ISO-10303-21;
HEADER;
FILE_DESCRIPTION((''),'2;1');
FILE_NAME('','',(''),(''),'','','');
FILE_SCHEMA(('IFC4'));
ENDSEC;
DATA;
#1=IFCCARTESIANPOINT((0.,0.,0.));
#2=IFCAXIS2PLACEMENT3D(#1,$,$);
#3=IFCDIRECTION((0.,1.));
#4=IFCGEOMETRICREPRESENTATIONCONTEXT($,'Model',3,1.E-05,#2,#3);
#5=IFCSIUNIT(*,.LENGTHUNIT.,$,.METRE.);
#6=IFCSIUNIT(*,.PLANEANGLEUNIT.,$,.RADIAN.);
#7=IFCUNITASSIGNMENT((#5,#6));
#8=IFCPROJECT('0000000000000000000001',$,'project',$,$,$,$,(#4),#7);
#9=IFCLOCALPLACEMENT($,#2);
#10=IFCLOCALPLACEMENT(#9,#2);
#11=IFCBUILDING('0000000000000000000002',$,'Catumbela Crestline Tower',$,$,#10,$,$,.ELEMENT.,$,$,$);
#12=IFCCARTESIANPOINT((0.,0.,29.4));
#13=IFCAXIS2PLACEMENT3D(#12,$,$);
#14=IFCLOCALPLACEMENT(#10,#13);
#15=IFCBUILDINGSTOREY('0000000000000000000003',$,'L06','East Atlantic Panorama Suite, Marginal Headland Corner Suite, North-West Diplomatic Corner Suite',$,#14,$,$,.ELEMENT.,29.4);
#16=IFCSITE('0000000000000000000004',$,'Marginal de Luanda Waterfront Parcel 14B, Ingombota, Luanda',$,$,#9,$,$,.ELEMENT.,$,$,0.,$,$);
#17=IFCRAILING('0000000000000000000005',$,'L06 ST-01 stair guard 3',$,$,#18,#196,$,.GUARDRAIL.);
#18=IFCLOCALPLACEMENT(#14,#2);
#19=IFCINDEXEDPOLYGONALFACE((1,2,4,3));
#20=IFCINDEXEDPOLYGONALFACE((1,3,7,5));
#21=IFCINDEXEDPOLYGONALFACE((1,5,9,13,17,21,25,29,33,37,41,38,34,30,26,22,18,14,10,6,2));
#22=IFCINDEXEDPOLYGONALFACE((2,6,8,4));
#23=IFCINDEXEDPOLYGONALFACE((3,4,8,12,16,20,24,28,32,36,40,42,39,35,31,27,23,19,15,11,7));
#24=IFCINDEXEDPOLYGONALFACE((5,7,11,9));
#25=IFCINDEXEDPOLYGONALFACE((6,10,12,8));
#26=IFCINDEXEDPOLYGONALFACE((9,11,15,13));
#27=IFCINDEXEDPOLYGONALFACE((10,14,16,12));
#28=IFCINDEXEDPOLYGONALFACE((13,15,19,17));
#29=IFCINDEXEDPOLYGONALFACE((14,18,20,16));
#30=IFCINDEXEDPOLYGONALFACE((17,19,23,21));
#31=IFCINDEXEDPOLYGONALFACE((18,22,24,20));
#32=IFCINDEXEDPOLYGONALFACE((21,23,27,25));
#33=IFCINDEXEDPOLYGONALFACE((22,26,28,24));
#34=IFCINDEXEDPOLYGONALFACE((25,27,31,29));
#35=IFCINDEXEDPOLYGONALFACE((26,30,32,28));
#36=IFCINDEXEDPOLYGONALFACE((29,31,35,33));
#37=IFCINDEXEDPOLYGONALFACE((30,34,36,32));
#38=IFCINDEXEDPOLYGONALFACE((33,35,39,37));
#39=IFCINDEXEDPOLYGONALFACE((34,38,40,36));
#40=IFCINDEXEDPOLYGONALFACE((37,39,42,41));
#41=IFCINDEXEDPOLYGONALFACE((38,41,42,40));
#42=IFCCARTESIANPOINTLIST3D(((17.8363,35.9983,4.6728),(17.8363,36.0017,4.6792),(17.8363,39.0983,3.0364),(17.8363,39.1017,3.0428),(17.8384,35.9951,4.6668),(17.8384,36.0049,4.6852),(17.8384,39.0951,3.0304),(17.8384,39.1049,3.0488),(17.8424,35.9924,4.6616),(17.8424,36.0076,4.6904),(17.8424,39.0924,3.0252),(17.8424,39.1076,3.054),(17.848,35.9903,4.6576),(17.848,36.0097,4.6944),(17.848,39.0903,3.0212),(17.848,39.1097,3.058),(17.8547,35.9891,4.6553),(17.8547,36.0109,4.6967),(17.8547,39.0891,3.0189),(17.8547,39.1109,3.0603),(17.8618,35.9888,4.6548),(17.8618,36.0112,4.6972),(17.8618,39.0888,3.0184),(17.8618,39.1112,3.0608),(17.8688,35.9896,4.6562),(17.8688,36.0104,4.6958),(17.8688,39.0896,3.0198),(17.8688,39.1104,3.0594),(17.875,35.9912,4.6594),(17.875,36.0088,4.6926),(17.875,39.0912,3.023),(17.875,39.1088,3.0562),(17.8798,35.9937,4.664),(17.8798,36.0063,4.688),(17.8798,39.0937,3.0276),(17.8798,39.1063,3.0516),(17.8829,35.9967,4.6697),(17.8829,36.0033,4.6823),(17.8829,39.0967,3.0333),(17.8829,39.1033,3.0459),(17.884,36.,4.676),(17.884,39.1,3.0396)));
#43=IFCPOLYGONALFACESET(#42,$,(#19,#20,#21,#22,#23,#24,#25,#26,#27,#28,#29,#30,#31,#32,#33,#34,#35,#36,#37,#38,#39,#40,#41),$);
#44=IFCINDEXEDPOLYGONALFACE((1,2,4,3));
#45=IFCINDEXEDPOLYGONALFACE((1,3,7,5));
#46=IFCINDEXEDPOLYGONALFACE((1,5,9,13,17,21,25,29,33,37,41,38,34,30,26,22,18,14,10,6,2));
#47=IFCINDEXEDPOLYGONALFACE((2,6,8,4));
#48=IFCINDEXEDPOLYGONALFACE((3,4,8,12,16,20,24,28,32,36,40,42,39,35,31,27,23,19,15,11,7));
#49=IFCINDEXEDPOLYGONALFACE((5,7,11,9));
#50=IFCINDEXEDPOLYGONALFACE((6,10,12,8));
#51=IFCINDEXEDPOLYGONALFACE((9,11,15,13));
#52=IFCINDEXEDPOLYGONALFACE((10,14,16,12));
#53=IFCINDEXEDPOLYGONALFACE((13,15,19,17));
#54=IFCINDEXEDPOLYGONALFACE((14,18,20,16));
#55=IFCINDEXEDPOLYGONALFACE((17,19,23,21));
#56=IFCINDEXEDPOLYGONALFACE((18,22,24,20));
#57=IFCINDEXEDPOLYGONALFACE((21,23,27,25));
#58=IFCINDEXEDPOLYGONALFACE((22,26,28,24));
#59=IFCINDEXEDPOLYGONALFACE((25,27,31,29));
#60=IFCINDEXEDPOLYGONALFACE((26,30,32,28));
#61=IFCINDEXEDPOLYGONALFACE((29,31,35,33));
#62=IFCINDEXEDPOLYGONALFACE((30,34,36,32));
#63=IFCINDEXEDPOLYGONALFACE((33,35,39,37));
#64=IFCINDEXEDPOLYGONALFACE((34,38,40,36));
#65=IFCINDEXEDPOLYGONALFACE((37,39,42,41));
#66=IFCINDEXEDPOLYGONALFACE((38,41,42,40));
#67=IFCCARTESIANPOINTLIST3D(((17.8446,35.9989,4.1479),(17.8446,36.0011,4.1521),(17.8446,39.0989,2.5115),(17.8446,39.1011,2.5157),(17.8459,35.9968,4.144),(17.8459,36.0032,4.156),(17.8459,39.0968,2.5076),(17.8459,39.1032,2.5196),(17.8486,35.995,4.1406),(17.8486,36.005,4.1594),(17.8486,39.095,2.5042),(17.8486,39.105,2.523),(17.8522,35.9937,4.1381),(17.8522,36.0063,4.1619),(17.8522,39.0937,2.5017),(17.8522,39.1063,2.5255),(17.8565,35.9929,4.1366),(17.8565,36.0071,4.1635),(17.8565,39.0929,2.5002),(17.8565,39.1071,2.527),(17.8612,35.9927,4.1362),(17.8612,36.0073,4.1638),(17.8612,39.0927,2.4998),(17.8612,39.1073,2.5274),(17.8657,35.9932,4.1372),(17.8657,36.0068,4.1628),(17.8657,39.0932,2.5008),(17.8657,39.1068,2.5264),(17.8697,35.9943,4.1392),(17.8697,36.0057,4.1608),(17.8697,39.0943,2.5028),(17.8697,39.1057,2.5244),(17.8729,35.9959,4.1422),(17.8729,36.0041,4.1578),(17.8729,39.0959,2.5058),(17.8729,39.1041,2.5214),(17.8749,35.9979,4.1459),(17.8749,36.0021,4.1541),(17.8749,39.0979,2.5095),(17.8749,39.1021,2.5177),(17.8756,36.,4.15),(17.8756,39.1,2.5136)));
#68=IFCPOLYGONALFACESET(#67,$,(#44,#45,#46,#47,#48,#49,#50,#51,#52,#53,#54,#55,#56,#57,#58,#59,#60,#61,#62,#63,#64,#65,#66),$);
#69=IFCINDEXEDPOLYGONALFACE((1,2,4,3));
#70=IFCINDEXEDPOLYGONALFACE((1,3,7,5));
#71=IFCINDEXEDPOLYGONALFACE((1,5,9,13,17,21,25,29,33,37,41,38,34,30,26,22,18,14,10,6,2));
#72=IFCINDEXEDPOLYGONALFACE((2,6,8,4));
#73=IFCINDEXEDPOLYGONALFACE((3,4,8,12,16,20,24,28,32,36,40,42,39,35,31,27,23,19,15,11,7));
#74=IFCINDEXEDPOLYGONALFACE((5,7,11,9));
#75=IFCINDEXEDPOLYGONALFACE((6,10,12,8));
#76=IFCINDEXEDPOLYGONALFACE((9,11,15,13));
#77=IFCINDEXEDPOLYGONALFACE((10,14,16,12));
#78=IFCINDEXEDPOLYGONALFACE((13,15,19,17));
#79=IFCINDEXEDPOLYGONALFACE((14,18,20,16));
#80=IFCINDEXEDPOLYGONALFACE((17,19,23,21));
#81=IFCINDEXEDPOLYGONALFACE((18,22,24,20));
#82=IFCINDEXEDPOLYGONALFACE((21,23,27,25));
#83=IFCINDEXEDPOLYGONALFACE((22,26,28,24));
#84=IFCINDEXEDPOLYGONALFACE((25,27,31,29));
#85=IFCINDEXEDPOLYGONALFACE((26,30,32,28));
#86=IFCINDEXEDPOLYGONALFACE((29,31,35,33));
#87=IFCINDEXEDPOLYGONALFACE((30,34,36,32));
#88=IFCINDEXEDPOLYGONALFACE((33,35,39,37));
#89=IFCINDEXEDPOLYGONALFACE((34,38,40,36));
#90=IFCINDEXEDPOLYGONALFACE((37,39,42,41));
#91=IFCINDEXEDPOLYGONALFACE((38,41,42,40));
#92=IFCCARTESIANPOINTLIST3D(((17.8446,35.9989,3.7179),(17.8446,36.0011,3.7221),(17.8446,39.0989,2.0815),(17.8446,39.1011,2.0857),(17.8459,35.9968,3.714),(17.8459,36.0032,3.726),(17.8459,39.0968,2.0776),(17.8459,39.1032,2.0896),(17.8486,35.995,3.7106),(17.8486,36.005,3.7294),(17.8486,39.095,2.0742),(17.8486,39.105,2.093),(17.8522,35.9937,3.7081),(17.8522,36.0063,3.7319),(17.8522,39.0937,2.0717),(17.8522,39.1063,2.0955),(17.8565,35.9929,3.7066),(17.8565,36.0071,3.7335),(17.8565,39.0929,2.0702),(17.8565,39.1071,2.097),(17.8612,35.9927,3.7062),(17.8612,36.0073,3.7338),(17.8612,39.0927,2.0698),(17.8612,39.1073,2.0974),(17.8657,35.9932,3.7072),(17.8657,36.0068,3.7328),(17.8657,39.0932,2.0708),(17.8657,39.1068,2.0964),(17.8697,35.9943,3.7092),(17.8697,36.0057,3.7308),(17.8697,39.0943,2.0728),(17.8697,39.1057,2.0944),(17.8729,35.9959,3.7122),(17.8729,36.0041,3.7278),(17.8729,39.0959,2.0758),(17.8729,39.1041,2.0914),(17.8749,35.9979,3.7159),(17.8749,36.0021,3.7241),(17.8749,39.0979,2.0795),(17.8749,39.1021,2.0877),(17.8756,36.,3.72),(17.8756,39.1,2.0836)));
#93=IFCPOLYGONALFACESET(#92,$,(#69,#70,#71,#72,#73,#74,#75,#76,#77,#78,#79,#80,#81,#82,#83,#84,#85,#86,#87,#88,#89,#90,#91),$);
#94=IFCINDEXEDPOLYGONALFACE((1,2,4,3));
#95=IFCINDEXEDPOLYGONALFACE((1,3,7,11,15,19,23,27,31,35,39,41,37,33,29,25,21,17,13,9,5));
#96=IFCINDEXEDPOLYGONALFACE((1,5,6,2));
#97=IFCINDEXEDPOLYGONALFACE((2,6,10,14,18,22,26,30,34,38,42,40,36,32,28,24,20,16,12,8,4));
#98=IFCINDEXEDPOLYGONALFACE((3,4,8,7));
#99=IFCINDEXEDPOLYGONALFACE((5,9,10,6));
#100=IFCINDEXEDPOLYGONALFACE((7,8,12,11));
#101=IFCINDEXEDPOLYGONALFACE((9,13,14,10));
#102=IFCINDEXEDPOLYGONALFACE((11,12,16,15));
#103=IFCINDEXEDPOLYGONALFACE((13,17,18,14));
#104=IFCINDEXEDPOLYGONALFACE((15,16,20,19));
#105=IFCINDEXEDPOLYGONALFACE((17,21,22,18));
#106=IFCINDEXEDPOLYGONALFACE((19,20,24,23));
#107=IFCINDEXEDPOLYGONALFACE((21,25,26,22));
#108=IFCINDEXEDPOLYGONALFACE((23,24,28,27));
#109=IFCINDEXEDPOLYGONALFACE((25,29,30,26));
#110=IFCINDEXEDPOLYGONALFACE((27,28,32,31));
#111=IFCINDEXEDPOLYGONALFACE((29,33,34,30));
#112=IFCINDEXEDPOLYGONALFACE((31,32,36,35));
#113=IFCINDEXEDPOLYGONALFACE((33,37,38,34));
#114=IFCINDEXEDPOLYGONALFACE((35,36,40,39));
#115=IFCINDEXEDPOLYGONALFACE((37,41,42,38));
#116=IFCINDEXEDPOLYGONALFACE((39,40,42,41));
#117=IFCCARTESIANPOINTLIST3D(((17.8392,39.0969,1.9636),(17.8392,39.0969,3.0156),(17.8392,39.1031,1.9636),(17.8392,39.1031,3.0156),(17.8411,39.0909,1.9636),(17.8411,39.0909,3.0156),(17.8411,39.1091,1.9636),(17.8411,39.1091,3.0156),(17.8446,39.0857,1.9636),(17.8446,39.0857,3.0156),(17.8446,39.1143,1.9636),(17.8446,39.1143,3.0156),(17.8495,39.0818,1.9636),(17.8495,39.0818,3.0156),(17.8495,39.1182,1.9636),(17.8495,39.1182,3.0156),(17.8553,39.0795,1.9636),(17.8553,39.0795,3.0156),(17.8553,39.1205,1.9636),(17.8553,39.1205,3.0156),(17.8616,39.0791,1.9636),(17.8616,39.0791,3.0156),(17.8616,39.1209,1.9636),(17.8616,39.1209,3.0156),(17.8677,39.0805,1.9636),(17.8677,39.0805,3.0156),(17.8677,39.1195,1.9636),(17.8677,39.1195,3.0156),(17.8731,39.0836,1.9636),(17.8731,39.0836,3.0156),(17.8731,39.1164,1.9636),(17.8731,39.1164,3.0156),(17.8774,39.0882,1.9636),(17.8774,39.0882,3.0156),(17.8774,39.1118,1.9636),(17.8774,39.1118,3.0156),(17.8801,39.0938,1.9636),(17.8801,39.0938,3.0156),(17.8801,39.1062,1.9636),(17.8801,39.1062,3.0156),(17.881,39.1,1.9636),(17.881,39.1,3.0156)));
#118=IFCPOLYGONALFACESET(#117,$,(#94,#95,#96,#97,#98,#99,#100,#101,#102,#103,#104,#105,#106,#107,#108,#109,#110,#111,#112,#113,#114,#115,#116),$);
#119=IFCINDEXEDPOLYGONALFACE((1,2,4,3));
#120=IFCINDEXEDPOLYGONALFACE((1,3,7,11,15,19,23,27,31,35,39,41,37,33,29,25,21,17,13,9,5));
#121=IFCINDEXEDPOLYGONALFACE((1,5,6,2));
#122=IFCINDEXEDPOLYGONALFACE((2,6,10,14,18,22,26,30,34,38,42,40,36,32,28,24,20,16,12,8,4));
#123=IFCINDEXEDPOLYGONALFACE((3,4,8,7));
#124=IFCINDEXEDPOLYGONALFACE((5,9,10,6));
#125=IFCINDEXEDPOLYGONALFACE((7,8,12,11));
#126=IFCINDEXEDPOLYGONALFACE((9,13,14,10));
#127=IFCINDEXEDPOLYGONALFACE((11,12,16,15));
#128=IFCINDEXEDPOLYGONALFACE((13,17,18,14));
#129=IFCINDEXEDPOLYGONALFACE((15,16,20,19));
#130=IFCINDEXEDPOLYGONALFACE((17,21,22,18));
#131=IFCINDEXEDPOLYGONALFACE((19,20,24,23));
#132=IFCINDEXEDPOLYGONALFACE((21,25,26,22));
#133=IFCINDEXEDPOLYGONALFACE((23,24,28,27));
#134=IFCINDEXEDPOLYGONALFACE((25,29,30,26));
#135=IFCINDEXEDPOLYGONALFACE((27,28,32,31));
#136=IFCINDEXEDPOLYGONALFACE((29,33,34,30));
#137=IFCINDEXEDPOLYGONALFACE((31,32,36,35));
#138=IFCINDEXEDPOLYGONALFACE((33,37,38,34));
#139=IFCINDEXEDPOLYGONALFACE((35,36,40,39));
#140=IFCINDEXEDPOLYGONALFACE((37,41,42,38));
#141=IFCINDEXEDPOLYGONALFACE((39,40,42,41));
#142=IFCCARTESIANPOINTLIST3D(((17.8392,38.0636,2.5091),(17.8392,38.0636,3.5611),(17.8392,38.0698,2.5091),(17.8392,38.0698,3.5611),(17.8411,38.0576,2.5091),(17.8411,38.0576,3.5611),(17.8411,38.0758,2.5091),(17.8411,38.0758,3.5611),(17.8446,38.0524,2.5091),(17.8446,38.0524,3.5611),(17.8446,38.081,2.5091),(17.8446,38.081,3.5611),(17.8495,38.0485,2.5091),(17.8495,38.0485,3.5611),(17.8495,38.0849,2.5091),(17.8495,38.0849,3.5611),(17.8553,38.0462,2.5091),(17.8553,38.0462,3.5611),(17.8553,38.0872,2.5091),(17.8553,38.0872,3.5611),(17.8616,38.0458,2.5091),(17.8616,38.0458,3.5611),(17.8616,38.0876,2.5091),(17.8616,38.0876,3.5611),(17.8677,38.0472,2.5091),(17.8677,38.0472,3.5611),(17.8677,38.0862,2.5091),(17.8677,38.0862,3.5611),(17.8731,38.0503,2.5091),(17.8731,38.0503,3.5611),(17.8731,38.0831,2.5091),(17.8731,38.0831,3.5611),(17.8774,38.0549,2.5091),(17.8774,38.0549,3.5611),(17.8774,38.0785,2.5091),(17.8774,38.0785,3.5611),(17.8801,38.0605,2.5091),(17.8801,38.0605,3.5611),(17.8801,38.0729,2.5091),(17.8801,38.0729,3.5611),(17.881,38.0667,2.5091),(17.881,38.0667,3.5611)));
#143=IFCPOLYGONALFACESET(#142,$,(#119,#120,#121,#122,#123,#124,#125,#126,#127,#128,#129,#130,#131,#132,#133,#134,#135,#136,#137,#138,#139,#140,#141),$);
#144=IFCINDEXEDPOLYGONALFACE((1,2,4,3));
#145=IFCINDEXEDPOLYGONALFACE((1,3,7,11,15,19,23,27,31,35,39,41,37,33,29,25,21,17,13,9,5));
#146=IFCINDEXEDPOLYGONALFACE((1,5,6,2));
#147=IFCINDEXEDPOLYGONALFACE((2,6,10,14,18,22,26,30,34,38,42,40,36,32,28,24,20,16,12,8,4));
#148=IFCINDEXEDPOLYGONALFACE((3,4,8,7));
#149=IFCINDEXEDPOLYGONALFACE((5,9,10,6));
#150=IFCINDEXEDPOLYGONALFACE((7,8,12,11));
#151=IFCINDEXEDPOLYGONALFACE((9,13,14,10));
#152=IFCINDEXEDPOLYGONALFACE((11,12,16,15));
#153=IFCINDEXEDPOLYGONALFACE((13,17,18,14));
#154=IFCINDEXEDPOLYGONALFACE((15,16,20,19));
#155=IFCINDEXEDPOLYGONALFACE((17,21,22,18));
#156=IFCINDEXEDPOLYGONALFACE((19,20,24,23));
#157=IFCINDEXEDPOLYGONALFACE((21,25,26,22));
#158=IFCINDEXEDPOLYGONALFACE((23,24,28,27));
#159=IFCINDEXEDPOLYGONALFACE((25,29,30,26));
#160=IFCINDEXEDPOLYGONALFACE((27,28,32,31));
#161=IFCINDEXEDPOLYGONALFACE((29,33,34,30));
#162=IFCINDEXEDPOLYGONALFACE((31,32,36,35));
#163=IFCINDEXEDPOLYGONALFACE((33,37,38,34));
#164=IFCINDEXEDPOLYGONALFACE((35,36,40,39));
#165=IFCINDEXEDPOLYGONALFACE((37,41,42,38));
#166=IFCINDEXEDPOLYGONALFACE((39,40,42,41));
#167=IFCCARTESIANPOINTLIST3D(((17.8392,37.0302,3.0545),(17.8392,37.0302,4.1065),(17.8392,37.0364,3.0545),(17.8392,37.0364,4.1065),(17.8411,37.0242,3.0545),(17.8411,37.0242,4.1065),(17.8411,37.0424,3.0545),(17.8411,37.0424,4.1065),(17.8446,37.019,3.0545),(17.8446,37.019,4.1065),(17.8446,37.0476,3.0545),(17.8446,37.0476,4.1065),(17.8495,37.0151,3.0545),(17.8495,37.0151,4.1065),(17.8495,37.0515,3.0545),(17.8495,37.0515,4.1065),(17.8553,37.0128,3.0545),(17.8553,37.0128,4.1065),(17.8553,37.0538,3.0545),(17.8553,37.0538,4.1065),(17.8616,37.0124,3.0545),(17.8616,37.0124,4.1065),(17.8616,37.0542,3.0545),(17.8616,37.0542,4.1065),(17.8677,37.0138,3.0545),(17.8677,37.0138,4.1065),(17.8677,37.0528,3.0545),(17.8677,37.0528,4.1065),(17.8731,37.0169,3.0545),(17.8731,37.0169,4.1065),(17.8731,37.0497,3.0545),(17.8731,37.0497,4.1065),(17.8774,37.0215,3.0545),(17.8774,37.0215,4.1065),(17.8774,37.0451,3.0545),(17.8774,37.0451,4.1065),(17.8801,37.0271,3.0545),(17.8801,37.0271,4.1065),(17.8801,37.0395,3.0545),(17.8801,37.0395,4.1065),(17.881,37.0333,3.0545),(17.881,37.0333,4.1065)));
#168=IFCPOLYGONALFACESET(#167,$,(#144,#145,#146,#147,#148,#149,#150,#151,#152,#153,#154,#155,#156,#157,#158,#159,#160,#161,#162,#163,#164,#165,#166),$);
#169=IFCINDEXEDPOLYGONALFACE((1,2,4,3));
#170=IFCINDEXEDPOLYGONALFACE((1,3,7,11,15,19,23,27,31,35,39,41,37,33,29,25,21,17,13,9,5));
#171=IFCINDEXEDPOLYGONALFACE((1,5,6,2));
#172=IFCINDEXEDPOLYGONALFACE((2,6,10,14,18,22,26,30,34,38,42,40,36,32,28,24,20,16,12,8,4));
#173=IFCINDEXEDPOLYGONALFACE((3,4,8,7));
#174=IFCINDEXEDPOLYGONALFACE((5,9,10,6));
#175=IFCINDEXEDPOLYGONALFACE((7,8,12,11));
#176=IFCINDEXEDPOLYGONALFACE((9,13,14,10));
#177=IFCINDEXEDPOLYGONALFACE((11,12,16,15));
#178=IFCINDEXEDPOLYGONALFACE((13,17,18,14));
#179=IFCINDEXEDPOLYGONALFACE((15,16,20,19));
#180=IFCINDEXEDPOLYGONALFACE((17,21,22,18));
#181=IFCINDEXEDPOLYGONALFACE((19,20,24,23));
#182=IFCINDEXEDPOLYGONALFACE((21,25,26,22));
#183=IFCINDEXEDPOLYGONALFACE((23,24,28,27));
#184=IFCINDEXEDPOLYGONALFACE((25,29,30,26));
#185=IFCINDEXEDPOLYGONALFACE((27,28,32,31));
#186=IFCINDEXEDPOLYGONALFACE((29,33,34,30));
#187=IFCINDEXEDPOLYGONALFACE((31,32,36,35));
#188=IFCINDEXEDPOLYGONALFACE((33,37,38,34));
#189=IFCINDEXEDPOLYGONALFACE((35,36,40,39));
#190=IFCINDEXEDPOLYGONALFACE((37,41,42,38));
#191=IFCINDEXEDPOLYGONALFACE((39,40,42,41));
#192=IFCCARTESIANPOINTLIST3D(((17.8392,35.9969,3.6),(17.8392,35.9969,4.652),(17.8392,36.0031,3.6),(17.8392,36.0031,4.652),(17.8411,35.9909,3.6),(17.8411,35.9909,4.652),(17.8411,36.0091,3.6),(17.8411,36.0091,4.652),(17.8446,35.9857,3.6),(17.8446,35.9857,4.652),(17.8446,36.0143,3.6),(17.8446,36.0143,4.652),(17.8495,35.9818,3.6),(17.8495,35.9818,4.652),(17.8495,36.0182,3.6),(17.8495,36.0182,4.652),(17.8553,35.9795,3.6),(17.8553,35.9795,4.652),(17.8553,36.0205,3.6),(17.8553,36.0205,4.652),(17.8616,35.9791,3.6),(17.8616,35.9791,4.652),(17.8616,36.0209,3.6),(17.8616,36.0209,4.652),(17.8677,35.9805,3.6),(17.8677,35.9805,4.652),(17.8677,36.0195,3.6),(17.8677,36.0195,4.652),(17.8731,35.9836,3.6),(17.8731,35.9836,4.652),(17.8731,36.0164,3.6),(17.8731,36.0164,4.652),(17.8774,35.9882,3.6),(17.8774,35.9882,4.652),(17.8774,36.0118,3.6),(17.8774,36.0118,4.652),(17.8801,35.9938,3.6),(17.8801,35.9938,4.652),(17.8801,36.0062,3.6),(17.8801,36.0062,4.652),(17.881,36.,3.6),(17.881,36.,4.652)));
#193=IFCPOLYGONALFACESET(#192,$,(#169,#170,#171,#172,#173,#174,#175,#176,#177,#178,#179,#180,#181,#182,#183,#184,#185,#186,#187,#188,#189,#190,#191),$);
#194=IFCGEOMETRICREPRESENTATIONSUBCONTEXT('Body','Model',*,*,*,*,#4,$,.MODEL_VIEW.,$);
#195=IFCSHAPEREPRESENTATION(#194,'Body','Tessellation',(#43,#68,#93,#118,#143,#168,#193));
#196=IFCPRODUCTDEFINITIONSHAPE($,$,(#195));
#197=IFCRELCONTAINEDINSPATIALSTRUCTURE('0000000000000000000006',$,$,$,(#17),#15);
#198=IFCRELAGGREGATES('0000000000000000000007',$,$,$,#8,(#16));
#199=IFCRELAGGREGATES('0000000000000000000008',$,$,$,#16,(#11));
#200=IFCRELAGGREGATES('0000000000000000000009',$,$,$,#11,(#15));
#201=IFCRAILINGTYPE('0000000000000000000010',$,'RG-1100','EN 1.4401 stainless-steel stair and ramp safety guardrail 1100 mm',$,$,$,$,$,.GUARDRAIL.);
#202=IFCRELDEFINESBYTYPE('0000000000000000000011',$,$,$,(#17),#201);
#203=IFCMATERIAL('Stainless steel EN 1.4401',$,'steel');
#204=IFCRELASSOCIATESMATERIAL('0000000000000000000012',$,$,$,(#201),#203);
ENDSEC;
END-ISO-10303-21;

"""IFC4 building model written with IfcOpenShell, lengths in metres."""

from ifc_helpers import new_model, si_unit, direction, frame, origin, origin_2d, place, context, subcontext, project, spatial, circle, extrude, material, type_object, element, save


model = new_model("IFC4")

# Units and contexts
model_context = context("Model", 3, precision=1e-05, world=origin(), true_north=direction((0.0, 1.0)))
body_context = subcontext(model_context, "Body", "Model", "MODEL_VIEW")
ifc_project = project(units=[si_unit("LENGTHUNIT", "METRE"), si_unit("PLANEANGLEUNIT", "RADIAN")], contexts=[model_context])

# Site, building, storey
site_placement = place(None, origin())
site = spatial("IfcSite", under=ifc_project, at=site_placement, Name="Marginal de Luanda Waterfront Parcel 14B, Ingombota, Luanda", CompositionType="ELEMENT", RefElevation=0.0)
building_placement = place(site_placement, origin())
building = spatial("IfcBuilding", under=site, at=building_placement, Name="Catumbela Crestline Tower", CompositionType="ELEMENT")
storey_placement = place(building_placement, frame((0.0, 0.0, 29.4)))
storey = spatial("IfcBuildingStorey", under=building, at=storey_placement, Name="L06", Description="East Atlantic Panorama Suite, Marginal Headland Corner Suite, North-West Diplomatic Corner Suite", CompositionType="ELEMENT", Elevation=29.4)

# Shared definitions
ifc_material_1 = material(Name="Stainless steel EN 1.4401", Category="steel")

# Railing
railing_type_1 = type_object("IfcRailingType", Name="RG-1100", Description="EN 1.4401 stainless-steel stair and ramp safety guardrail 1100 mm", PredefinedType="GUARDRAIL", material=ifc_material_1)
railing_1_placement = place(storey_placement, frame((17.86, 39.1, 1.9636)))
element("IfcRailing", 1, at=railing_1_placement, inside=storey, type_object=railing_type_1, Name="L06 ST-01 stair guard 3", PredefinedType="GUARDRAIL", context=body_context, shape_type="SweptSolid", body=[
    extrude(circle(Radius=0.024, at=origin_2d()), frame((0.0, 0.0, 1.076), z_axis=(0.0, -0.884351, 0.466823), x_axis=(1.0, 0.0, 0.0)), (0.0, 0.0, 1.0), 3.5054),
    extrude(circle(Radius=0.0156, at=origin_2d()), frame((0.0, 0.0, 0.55), z_axis=(0.0, -0.884351, 0.466823), x_axis=(1.0, 0.0, 0.0)), (0.0, 0.0, 1.0), 3.5054),
    extrude(circle(Radius=0.0156, at=origin_2d()), frame((0.0, 0.0, 0.12), z_axis=(0.0, -0.884351, 0.466823), x_axis=(1.0, 0.0, 0.0)), (0.0, 0.0, 1.0), 3.5054),
    extrude(circle(Radius=0.021, at=origin_2d()), origin(), (0.0, 0.0, 1.0), 1.052),
    extrude(circle(Radius=0.021, at=origin_2d()), frame((0.0, -1.0333, 0.5455)), (0.0, 0.0, 1.0), 1.052),
    extrude(circle(Radius=0.021, at=origin_2d()), frame((0.0, -2.0667, 1.0909)), (0.0, 0.0, 1.0), 1.052),
    extrude(circle(Radius=0.021, at=origin_2d()), frame((0.0, -3.1, 1.6364)), (0.0, 0.0, 1.0), 1.052),
])

save(model, "model.ifc")
